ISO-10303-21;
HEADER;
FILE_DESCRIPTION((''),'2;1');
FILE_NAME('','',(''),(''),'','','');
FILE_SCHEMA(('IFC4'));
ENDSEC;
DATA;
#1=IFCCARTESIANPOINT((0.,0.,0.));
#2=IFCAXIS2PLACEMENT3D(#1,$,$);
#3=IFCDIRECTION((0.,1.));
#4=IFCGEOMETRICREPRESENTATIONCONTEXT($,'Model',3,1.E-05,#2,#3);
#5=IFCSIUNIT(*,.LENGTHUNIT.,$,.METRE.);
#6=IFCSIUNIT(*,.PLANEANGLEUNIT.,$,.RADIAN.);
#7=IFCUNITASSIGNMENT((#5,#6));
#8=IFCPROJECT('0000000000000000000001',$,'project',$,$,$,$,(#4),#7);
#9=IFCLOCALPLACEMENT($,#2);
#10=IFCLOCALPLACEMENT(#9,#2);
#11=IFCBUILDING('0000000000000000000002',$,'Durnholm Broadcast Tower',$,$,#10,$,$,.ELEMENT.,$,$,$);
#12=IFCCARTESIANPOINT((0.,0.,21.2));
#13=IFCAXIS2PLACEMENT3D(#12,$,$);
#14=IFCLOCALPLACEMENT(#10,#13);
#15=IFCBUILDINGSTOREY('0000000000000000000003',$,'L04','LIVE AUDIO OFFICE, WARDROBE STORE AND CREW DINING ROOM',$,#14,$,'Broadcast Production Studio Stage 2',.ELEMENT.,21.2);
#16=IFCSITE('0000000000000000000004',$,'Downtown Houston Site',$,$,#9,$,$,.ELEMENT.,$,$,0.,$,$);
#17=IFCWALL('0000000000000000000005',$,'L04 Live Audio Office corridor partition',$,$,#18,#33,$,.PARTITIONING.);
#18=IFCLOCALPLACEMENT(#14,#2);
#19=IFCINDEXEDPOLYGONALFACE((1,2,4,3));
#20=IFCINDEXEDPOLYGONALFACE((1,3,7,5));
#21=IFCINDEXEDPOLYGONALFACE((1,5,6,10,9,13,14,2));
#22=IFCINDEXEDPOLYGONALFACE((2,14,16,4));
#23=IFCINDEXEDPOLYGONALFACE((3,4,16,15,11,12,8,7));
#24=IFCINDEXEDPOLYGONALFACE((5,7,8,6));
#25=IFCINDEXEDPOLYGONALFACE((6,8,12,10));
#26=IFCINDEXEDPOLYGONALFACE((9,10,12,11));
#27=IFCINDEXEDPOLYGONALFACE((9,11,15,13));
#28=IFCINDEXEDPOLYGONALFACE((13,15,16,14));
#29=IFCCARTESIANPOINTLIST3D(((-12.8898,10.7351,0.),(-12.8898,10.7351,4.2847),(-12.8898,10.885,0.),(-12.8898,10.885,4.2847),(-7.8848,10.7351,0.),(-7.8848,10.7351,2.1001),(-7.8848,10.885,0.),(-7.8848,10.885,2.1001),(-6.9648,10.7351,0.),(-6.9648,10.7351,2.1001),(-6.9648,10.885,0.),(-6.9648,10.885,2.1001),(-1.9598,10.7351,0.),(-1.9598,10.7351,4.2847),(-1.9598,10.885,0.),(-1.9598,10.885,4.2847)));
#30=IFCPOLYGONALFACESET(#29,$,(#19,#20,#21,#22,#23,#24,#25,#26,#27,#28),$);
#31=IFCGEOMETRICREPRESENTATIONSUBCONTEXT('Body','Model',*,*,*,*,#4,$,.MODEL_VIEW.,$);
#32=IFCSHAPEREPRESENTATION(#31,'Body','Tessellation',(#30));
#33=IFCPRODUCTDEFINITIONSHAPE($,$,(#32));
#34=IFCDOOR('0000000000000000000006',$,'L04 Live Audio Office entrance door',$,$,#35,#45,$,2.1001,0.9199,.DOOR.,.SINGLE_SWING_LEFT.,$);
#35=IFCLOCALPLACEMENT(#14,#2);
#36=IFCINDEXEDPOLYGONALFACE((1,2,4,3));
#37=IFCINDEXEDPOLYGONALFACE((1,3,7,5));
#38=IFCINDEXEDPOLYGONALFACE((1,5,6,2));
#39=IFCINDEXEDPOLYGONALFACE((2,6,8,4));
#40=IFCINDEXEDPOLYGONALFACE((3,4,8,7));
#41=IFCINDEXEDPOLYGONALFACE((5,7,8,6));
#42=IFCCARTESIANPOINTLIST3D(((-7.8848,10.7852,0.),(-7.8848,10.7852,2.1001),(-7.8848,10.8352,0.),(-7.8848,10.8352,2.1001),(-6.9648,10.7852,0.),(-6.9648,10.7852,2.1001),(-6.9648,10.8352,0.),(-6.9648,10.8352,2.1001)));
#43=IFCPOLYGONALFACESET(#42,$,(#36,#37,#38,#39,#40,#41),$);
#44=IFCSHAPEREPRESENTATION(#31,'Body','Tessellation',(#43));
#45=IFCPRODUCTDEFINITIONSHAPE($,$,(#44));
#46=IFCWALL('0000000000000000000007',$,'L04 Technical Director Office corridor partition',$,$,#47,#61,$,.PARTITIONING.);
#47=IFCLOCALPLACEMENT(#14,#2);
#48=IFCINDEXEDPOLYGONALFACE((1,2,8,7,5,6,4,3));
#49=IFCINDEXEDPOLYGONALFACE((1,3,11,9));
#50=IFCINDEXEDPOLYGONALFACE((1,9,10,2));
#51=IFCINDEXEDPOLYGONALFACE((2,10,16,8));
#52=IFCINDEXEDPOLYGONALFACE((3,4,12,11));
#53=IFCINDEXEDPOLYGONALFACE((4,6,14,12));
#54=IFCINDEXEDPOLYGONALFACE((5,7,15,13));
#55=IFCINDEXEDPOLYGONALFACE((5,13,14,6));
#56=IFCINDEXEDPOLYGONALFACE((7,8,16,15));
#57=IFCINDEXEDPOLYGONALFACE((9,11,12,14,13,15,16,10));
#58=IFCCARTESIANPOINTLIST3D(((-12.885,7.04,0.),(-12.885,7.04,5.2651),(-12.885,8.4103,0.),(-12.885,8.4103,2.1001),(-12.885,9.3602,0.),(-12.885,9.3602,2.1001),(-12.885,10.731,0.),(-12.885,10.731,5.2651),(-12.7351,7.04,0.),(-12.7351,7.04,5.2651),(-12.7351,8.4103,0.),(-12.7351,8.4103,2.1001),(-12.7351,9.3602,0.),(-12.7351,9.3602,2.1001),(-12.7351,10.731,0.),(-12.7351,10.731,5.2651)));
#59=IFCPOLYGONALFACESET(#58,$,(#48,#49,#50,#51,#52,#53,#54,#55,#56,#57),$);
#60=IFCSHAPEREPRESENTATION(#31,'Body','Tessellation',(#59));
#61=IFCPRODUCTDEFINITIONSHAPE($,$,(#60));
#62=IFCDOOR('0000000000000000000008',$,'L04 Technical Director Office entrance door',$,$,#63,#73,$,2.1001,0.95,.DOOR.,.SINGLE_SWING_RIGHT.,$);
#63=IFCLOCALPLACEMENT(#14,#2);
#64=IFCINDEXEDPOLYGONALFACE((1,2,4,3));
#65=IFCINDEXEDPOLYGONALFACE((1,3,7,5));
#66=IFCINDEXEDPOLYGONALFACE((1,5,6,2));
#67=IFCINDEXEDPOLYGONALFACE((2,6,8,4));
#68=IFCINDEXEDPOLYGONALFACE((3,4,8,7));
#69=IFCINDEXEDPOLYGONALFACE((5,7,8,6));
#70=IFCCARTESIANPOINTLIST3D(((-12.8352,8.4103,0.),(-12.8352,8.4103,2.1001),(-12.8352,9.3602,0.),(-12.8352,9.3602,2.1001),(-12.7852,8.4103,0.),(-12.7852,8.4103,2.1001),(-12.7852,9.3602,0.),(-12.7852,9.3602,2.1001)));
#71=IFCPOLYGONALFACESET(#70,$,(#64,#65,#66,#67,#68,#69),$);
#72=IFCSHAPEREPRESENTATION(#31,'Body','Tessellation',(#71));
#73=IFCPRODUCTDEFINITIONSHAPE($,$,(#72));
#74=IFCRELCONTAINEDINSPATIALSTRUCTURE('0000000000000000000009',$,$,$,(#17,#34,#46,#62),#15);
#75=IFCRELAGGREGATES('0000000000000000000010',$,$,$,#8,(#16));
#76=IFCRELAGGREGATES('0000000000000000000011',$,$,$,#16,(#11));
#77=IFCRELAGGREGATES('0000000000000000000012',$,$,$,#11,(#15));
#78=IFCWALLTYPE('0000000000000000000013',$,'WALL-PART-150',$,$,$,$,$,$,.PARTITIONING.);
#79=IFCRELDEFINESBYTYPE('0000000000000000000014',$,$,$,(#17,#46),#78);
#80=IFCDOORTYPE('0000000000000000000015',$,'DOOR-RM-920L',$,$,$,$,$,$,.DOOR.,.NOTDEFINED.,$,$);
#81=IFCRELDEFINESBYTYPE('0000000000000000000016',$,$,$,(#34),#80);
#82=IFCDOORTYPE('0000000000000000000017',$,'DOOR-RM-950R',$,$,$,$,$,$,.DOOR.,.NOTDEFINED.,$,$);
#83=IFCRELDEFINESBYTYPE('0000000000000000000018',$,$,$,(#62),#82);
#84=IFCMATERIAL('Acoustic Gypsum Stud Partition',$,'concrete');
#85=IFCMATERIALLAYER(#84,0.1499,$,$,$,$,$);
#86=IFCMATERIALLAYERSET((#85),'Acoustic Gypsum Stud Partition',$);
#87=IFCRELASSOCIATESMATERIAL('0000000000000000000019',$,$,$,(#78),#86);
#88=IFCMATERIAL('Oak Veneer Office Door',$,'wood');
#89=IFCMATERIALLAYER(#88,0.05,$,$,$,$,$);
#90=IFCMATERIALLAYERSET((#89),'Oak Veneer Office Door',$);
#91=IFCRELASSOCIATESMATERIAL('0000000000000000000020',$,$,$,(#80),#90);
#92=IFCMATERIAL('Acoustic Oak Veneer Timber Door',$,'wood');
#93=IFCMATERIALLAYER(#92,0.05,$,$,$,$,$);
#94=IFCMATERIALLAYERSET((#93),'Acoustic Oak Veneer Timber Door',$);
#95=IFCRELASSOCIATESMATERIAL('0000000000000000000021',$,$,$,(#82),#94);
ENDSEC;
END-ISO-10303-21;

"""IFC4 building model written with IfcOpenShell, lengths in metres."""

from ifc_helpers import new_model, si_unit, direction, frame, frame_2d, origin, place, context, subcontext, project, spatial, rectangle, extrude, source, transform, mapped, material, layer, layer_set, type_object, type_shapes, element, fill, save


model = new_model("IFC4")

# Units and contexts
model_context = context("Model", 3, precision=1e-05, world=origin(), true_north=direction((0.0, 1.0)))
body_context = subcontext(model_context, "Body", "Model", "MODEL_VIEW")
ifc_project = project(units=[si_unit("LENGTHUNIT", "METRE"), si_unit("PLANEANGLEUNIT", "RADIAN")], contexts=[model_context])

# Site, building, storey
site_placement = place(None, origin())
site = spatial("IfcSite", under=ifc_project, at=site_placement, Name="Downtown Houston Site", CompositionType="ELEMENT", RefElevation=0.0)
building_placement = place(site_placement, origin())
building = spatial("IfcBuilding", under=site, at=building_placement, Name="Durnholm Broadcast Tower", CompositionType="ELEMENT")
storey_placement = place(building_placement, frame((0.0, 0.0, 21.2)))
storey = spatial("IfcBuildingStorey", under=building, at=storey_placement, Name="L04", Description="LIVE AUDIO OFFICE, WARDROBE STORE AND CREW DINING ROOM", LongName="Broadcast Production Studio Stage 2", CompositionType="ELEMENT", Elevation=21.2)

# Walls, openings, doors
ifc_material_1 = material(Name="Acoustic Gypsum Stud Partition", Category="concrete")
ifc_layer_1 = layer(ifc_material_1, 0.1499)
ifc_layer_set_1 = layer_set([ifc_layer_1], Name="Acoustic Gypsum Stud Partition")
wall_type_1 = type_object("IfcWallType", Name="WALL-PART-150", PredefinedType="PARTITIONING", material=ifc_layer_set_1)
wall_1_placement = place(storey_placement, frame((-1.96, 10.8101, 0.0), z_axis=(0.0, 0.0, 1.0), x_axis=(-1.0, 0.0, 0.0)))
wall_1 = element("IfcWall", 1, at=wall_1_placement, inside=storey, type_object=wall_type_1, Name="L04 Live Audio Office corridor partition", PredefinedType="PARTITIONING", context=body_context, shape_type="SweptSolid", body=[
    extrude(rectangle(XDim=10.9299, YDim=0.1499, at=frame_2d((5.4648, 0.0))), origin(), (0.0, 0.0, 1.0), 4.2847),
])
opening_1_placement = place(wall_1_placement, frame((5.0049, 0.0, 0.0)))
opening_1 = element("IfcOpeningElement", 2, at=opening_1_placement, cuts=wall_1, PredefinedType="OPENING", context=body_context, shape_type="SweptSolid", body=[
    extrude(rectangle(XDim=0.9199, YDim=2.1001, at=frame_2d((0.46, 1.05))), frame((0.0, 0.085, 0.0), z_axis=(0.0, -1.0, 0.0), x_axis=(1.0, 0.0, 0.0)), (0.0, 0.0, 1.0), 0.1699),
])
ifc_material_2 = material(Name="Oak Veneer Office Door", Category="wood")
ifc_layer_2 = layer(ifc_material_2, 0.05)
ifc_layer_set_2 = layer_set([ifc_layer_2], Name="Oak Veneer Office Door")
door_type_1 = type_object("IfcDoorType", Name="DOOR-RM-920L", OperationType="NOTDEFINED", PredefinedType="DOOR", material=ifc_layer_set_2)
shared_shape_1 = source(origin(), body_context, "Body", "SweptSolid", [
    extrude(rectangle(XDim=0.9199, YDim=2.1001, at=frame_2d((0.46, 1.05))), frame((0.0, 0.0249, 0.0), z_axis=(0.0, -1.0, 0.0), x_axis=(1.0, 0.0, 0.0)), (0.0, 0.0, 1.0), 0.05),
])
type_shapes(door_type_1, [shared_shape_1])
door_1_placement = place(opening_1_placement, origin())
door_1 = element("IfcDoor", 3, at=door_1_placement, inside=storey, type_object=door_type_1, Name="L04 Live Audio Office entrance door", OperationType="SINGLE_SWING_LEFT", OverallHeight=2.1001, OverallWidth=0.9199, PredefinedType="DOOR", context=body_context, shape_type="MappedRepresentation", body=[
    mapped(shared_shape_1, transform((0.0, 0.0, 0.0), x_axis=(1.0, 0.0, 0.0), y_axis=(0.0, 1.0, 0.0), z_axis=(0.0, 0.0, 1.0), scale=1.0)),
])
fill(opening_1, door_1)
wall_2_placement = place(storey_placement, frame((-12.8101, 10.731, 0.0), z_axis=(0.0, 0.0, 1.0), x_axis=(0.0, -1.0, 0.0)))
wall_2 = element("IfcWall", 4, at=wall_2_placement, inside=storey, type_object=wall_type_1, Name="L04 Technical Director Office corridor partition", PredefinedType="PARTITIONING", context=body_context, shape_type="SweptSolid", body=[
    extrude(rectangle(XDim=3.6909, YDim=0.1499, at=frame_2d((1.8455, 0.0))), origin(), (0.0, 0.0, 1.0), 5.2651),
])
opening_2_placement = place(wall_2_placement, frame((1.3706, 0.0, 0.0)))
opening_2 = element("IfcOpeningElement", 5, at=opening_2_placement, cuts=wall_2, PredefinedType="OPENING", context=body_context, shape_type="SweptSolid", body=[
    extrude(rectangle(XDim=0.95, YDim=2.1001, at=frame_2d((0.4751, 1.05))), frame((0.0, 0.085, 0.0), z_axis=(0.0, -1.0, 0.0), x_axis=(1.0, 0.0, 0.0)), (0.0, 0.0, 1.0), 0.1699),
])
ifc_material_3 = material(Name="Acoustic Oak Veneer Timber Door", Category="wood")
ifc_layer_3 = layer(ifc_material_3, 0.05)
ifc_layer_set_3 = layer_set([ifc_layer_3], Name="Acoustic Oak Veneer Timber Door")
door_type_2 = type_object("IfcDoorType", Name="DOOR-RM-950R", OperationType="NOTDEFINED", PredefinedType="DOOR", material=ifc_layer_set_3)
shared_shape_2 = source(origin(), body_context, "Body", "SweptSolid", [
    extrude(rectangle(XDim=0.95, YDim=2.1001, at=frame_2d((0.4751, 1.05))), frame((0.0, 0.0249, 0.0), z_axis=(0.0, -1.0, 0.0), x_axis=(1.0, 0.0, 0.0)), (0.0, 0.0, 1.0), 0.05),
])
type_shapes(door_type_2, [shared_shape_2])
door_2_placement = place(opening_2_placement, origin())
door_2 = element("IfcDoor", 6, at=door_2_placement, inside=storey, type_object=door_type_2, Name="L04 Technical Director Office entrance door", OperationType="SINGLE_SWING_RIGHT", OverallHeight=2.1001, OverallWidth=0.95, PredefinedType="DOOR", context=body_context, shape_type="MappedRepresentation", body=[
    mapped(shared_shape_2, transform((0.0, 0.0, 0.0), x_axis=(1.0, 0.0, 0.0), y_axis=(0.0, 1.0, 0.0), z_axis=(0.0, 0.0, 1.0), scale=1.0)),
])
fill(opening_2, door_2)

save(model, "model.ifc")
